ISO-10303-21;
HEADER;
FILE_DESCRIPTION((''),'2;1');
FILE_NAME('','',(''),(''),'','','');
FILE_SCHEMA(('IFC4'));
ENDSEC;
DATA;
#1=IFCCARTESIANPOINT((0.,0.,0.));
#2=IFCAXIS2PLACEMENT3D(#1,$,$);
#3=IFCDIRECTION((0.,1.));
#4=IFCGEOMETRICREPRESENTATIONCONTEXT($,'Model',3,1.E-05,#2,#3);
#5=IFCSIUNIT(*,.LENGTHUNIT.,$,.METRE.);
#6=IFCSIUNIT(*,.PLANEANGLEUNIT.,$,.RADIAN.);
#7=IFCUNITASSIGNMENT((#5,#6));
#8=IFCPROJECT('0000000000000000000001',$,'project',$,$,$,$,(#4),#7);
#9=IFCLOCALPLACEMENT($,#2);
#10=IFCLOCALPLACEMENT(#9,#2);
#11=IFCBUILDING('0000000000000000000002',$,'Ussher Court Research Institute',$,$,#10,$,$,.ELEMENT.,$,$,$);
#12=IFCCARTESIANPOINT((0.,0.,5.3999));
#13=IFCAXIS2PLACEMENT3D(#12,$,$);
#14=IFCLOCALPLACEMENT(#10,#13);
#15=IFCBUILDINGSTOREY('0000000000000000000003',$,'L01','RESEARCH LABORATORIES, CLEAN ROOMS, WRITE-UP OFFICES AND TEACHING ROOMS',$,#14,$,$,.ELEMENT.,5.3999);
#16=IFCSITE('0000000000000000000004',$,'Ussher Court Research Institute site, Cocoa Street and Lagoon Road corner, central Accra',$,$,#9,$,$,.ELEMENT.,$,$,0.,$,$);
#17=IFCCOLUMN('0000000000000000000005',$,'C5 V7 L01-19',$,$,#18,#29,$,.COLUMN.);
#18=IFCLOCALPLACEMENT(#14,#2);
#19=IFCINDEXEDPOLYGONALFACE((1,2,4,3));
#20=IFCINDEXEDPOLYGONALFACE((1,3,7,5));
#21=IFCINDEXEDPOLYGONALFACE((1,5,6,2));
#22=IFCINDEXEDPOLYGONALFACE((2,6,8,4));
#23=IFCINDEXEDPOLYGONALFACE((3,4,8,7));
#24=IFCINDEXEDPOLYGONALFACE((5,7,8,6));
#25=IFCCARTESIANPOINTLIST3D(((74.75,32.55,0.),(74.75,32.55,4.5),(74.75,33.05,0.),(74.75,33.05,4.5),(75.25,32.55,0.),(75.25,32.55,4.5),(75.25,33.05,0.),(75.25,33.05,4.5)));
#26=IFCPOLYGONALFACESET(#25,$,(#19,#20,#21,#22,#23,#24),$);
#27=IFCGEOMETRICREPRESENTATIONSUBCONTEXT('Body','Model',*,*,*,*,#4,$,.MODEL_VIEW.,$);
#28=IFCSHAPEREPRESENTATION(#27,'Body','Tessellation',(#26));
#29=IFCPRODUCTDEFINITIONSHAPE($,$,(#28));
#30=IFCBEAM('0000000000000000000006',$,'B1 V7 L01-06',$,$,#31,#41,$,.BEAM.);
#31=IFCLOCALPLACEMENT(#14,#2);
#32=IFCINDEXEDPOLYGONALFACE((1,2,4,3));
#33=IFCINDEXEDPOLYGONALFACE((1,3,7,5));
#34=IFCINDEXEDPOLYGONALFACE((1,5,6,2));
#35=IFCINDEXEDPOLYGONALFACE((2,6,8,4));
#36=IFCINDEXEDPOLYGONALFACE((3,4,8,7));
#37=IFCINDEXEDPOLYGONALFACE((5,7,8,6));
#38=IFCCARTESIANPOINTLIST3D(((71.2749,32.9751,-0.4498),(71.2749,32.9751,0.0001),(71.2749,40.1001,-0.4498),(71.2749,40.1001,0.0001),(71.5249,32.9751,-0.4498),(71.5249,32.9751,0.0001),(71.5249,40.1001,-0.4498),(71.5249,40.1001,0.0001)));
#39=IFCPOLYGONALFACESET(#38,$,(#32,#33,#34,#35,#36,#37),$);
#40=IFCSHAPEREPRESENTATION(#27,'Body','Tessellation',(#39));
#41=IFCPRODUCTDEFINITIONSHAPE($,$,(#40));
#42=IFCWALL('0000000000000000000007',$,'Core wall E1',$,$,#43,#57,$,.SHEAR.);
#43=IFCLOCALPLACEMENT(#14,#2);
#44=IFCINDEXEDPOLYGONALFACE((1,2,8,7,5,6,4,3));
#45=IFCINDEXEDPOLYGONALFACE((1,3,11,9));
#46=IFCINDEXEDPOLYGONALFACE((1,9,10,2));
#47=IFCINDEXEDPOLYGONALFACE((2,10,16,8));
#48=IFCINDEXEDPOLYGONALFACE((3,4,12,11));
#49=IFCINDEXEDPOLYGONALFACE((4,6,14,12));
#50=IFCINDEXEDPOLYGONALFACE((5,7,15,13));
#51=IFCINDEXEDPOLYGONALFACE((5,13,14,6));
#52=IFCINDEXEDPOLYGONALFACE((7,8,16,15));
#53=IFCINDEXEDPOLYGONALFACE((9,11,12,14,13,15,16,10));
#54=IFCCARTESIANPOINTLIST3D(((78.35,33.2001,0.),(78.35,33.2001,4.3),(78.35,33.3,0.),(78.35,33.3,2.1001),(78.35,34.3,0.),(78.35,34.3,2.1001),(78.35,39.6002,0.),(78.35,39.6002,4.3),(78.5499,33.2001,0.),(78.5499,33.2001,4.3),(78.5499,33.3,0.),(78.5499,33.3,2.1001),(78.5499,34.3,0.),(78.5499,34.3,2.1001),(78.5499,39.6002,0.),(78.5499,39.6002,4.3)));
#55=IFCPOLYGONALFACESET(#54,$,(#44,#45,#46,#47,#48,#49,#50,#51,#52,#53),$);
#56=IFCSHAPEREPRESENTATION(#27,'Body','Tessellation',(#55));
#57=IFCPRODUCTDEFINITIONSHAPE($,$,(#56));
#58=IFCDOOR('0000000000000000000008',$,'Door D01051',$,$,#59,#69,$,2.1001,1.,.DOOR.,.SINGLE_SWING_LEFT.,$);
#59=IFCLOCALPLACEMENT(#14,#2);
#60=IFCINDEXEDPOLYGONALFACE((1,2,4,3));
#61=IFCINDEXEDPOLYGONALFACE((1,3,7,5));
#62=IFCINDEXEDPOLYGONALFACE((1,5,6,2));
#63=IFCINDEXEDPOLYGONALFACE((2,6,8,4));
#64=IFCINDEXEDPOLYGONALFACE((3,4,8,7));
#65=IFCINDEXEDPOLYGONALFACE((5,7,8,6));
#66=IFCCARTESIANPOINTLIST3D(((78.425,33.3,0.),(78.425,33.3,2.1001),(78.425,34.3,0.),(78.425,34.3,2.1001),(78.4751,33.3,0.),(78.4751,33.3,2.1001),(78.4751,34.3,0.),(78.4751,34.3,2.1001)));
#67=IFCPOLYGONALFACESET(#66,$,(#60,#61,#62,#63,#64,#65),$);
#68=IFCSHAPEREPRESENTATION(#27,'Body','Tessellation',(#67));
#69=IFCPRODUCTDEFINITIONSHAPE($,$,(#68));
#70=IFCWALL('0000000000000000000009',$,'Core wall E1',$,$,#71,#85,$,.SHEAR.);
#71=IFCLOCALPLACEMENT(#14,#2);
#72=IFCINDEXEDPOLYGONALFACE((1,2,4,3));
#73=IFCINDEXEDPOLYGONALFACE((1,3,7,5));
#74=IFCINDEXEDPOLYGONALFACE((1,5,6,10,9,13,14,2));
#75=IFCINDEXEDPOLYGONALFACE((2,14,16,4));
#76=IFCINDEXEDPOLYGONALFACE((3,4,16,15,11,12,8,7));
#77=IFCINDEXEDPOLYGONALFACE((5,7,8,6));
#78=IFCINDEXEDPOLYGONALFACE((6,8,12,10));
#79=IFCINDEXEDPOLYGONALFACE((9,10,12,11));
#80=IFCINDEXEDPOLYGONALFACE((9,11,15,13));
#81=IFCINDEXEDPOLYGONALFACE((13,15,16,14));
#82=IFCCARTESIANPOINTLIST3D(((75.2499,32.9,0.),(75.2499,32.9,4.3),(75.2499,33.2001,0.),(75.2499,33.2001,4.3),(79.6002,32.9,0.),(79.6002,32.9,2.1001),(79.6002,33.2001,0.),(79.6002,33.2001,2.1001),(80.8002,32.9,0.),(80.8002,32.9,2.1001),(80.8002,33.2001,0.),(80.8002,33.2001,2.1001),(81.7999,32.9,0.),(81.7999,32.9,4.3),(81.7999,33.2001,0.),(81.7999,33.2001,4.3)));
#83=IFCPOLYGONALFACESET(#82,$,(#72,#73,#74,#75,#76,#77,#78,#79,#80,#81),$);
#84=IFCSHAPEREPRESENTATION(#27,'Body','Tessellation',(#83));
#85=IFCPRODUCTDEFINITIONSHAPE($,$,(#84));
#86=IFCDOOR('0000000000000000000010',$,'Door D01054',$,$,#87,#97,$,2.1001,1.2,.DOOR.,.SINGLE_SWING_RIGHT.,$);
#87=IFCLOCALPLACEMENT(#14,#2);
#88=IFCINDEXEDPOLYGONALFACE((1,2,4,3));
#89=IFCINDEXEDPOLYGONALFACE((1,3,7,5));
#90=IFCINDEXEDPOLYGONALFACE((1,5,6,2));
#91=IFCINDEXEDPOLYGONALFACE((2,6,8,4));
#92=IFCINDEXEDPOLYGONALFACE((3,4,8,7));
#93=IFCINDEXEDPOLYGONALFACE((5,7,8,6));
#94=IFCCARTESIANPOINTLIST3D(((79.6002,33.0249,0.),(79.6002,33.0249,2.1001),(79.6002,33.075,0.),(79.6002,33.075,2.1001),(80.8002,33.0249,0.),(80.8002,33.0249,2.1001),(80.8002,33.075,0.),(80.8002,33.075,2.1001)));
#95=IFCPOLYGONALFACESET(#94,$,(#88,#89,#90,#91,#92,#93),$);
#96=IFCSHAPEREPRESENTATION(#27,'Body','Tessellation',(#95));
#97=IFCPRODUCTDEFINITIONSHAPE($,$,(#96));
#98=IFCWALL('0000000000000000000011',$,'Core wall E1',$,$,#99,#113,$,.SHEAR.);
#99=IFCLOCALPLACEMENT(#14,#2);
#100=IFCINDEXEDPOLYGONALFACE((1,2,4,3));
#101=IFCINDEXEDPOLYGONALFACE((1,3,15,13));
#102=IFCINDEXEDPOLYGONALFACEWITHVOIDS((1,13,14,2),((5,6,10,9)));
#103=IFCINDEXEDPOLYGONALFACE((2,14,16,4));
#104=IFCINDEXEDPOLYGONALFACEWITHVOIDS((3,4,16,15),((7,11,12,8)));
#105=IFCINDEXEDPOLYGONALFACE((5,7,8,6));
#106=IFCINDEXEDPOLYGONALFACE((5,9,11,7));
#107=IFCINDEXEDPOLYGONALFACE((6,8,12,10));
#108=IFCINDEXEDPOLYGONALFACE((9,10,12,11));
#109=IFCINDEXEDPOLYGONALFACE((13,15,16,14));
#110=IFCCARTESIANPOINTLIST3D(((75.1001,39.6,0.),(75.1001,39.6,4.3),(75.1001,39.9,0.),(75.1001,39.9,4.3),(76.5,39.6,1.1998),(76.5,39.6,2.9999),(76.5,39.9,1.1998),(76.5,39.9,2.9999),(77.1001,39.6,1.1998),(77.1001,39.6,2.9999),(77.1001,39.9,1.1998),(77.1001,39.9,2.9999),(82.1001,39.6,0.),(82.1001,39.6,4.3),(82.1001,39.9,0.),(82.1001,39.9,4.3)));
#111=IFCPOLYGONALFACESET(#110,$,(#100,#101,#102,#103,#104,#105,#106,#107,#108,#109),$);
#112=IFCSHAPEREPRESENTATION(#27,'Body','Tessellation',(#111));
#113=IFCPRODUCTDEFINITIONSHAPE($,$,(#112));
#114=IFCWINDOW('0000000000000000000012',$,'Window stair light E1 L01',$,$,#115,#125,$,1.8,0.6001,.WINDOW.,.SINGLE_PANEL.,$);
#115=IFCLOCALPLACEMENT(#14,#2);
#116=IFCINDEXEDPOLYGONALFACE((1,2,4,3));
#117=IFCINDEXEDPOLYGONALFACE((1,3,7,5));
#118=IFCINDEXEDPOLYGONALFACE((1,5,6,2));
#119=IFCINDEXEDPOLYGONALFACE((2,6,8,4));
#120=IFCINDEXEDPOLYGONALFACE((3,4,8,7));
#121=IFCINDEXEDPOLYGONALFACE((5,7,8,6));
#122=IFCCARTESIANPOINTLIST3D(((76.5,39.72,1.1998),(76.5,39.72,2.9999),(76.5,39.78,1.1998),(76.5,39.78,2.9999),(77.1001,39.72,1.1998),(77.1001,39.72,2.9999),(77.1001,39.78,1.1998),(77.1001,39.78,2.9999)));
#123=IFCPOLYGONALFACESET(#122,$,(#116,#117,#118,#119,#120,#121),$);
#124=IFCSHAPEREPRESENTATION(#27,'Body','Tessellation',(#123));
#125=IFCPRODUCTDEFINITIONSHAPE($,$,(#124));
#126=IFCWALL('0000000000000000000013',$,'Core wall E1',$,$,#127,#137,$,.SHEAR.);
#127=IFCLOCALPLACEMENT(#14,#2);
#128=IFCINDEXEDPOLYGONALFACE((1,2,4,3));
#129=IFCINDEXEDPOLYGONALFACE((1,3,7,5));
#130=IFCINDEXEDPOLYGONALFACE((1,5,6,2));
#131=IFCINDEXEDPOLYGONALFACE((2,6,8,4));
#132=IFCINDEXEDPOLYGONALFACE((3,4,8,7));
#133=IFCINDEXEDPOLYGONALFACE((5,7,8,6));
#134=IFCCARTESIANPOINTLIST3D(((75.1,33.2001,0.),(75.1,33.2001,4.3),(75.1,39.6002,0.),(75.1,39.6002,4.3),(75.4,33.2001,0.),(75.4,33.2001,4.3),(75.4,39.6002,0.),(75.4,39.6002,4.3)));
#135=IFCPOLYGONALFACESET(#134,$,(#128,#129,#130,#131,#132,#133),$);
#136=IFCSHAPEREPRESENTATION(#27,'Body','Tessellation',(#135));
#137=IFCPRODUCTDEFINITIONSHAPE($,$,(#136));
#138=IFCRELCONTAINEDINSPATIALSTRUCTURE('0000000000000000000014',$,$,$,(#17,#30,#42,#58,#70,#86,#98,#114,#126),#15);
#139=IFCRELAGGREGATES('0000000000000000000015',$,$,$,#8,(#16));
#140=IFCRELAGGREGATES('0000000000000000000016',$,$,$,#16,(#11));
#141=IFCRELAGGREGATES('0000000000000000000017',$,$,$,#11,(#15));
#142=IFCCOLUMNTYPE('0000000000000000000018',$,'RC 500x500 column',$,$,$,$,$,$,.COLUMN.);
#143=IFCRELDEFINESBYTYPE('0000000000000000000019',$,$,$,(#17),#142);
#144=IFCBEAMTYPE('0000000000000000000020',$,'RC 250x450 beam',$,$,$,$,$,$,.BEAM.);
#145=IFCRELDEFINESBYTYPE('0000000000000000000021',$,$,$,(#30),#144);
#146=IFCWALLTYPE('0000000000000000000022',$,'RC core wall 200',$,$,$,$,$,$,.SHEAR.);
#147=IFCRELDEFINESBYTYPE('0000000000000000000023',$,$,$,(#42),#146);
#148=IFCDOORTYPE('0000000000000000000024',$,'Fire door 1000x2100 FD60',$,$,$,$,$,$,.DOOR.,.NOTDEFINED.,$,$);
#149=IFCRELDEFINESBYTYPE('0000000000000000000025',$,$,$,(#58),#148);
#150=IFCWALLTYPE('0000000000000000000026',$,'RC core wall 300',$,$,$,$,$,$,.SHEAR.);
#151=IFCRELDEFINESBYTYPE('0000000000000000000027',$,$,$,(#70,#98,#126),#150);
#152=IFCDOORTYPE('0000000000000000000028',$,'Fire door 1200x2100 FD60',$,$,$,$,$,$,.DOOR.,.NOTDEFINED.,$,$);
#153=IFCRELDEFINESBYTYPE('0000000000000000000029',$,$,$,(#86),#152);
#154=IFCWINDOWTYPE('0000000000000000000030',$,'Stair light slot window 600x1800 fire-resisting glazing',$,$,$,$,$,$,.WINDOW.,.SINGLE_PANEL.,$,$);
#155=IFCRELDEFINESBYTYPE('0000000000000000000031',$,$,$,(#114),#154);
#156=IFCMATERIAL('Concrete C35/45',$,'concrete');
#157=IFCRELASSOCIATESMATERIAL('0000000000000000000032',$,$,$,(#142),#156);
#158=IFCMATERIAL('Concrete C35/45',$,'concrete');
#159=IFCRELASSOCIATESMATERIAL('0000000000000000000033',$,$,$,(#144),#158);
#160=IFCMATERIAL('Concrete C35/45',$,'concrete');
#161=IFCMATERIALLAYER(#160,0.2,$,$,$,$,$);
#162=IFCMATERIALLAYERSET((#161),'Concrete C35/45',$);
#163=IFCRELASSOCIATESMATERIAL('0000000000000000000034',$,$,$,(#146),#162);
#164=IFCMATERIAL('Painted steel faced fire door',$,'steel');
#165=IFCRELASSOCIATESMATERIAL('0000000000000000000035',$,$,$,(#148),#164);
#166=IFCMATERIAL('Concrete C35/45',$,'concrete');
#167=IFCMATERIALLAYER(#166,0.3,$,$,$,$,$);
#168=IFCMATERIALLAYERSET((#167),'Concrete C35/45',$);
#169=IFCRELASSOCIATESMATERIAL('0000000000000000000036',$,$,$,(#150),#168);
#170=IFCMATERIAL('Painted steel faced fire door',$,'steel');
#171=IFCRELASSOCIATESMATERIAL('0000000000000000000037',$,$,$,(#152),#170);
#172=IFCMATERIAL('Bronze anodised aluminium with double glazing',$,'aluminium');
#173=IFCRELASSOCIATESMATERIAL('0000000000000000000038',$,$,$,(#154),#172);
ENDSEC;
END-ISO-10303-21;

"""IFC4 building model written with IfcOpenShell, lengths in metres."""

from ifc_helpers import new_model, si_unit, direction, frame, frame_2d, origin, origin_2d, place, context, subcontext, project, spatial, rectangle, extrude, material, layer, layer_set, material_profile, profile_set, type_object, element, fill, save


model = new_model("IFC4")

# Units and contexts
model_context = context("Model", 3, precision=1e-05, world=origin(), true_north=direction((0.0, 1.0)))
body_context = subcontext(model_context, "Body", "Model", "MODEL_VIEW")
ifc_project = project(units=[si_unit("LENGTHUNIT", "METRE"), si_unit("PLANEANGLEUNIT", "RADIAN")], contexts=[model_context])

# Site, building, storey
site_placement = place(None, origin())
site = spatial("IfcSite", under=ifc_project, at=site_placement, Name="Ussher Court Research Institute site, Cocoa Street and Lagoon Road corner, central Accra", CompositionType="ELEMENT", RefElevation=0.0)
building_placement = place(site_placement, origin())
building = spatial("IfcBuilding", under=site, at=building_placement, Name="Ussher Court Research Institute", CompositionType="ELEMENT")
storey_placement = place(building_placement, frame((0.0, 0.0, 5.3999)))
storey = spatial("IfcBuildingStorey", under=building, at=storey_placement, Name="L01", Description="RESEARCH LABORATORIES, CLEAN ROOMS, WRITE-UP OFFICES AND TEACHING ROOMS", CompositionType="ELEMENT", Elevation=5.3999)

# Column
ifc_material_1 = material(Name="Concrete C35/45", Category="concrete")
ifc_material_profile_1 = material_profile(ifc_material_1, rectangle(XDim=0.5, YDim=0.5, at=origin_2d()), Name="RC 500x500")
ifc_profile_set_1 = profile_set([ifc_material_profile_1], Name="Concrete C35/45")
column_type = type_object("IfcColumnType", Name="RC 500x500 column", PredefinedType="COLUMN", material=ifc_profile_set_1)
column_placement = place(storey_placement, frame((75.0, 32.8, 0.0), z_axis=(0.0, 0.0, 1.0), x_axis=(1.0, 0.0, 0.0)))
element("IfcColumn", 1, at=column_placement, inside=storey, type_object=column_type, Name="C5 V7 L01-19", PredefinedType="COLUMN", context=body_context, shape_type="SweptSolid", body=[
    extrude(rectangle(XDim=0.5, YDim=0.5, at=origin_2d()), origin(), (0.0, 0.0, 1.0), 4.5),
])

# Beam
ifc_material_2 = material(Name="Concrete C35/45", Category="concrete")
ifc_material_profile_2 = material_profile(ifc_material_2, rectangle(XDim=0.25, YDim=0.45, at=origin_2d()), Name="RC 250x450")
ifc_profile_set_2 = profile_set([ifc_material_profile_2], Name="Concrete C35/45")
beam_type = type_object("IfcBeamType", Name="RC 250x450 beam", PredefinedType="BEAM", material=ifc_profile_set_2)
beam_placement = place(storey_placement, frame((71.3999, 32.9751, -0.2249), z_axis=(0.0, 1.0, 0.0), x_axis=(-1.0, 0.0, 0.0)))
element("IfcBeam", 2, at=beam_placement, inside=storey, type_object=beam_type, Name="B1 V7 L01-06", PredefinedType="BEAM", context=body_context, shape_type="SweptSolid", body=[
    extrude(rectangle(XDim=0.25, YDim=0.45, at=origin_2d()), origin(), (0.0, 0.0, 1.0), 7.125),
])

# Walls, openings, doors
ifc_material_3 = material(Name="Concrete C35/45", Category="concrete")
ifc_layer_1 = layer(ifc_material_3, 0.2)
ifc_layer_set_1 = layer_set([ifc_layer_1], Name="Concrete C35/45")
wall_type_1 = type_object("IfcWallType", Name="RC core wall 200", PredefinedType="SHEAR", material=ifc_layer_set_1)
wall_1_placement = place(storey_placement, frame((78.45, 33.2, 0.0), z_axis=(0.0, 0.0, 1.0), x_axis=(0.0, 1.0, 0.0)))
wall_1 = element("IfcWall", 3, at=wall_1_placement, inside=storey, type_object=wall_type_1, Name="Core wall E1", PredefinedType="SHEAR", context=body_context, shape_type="SweptSolid", body=[
    extrude(rectangle(XDim=6.4001, YDim=0.2, at=frame_2d((3.2002, 0.0))), origin(), (0.0, 0.0, 1.0), 4.3),
])
opening_1_placement = place(wall_1_placement, frame((0.1001, 0.0, 0.0)))
opening_1 = element("IfcOpeningElement", 4, at=opening_1_placement, cuts=wall_1, PredefinedType="OPENING", context=body_context, shape_type="SweptSolid", body=[
    extrude(rectangle(XDim=1.0, YDim=2.1001, at=frame_2d((0.5, 1.05))), frame((0.0, 0.1099, 0.0), z_axis=(0.0, -1.0, 0.0), x_axis=(1.0, 0.0, 0.0)), (0.0, 0.0, 1.0), 0.22),
])
ifc_material_4 = material(Name="Painted steel faced fire door", Category="steel")
door_type_1 = type_object("IfcDoorType", Name="Fire door 1000x2100 FD60", OperationType="NOTDEFINED", PredefinedType="DOOR", material=ifc_material_4)
door_1_placement = place(opening_1_placement, origin())
door_1 = element("IfcDoor", 5, at=door_1_placement, inside=storey, type_object=door_type_1, Name="Door D01051", OperationType="SINGLE_SWING_LEFT", OverallHeight=2.1001, OverallWidth=1.0, PredefinedType="DOOR", context=body_context, shape_type="SweptSolid", body=[
    extrude(rectangle(XDim=1.0, YDim=2.1001, at=frame_2d((0.5, 1.05))), frame((0.0, 0.0249, 0.0), z_axis=(0.0, -1.0, 0.0), x_axis=(1.0, 0.0, 0.0)), (0.0, 0.0, 1.0), 0.05),
])
fill(opening_1, door_1)
ifc_material_5 = material(Name="Concrete C35/45", Category="concrete")
ifc_layer_2 = layer(ifc_material_5, 0.3)
ifc_layer_set_2 = layer_set([ifc_layer_2], Name="Concrete C35/45")
wall_type_2 = type_object("IfcWallType", Name="RC core wall 300", PredefinedType="SHEAR", material=ifc_layer_set_2)
wall_2_placement = place(storey_placement, frame((75.25, 33.05, 0.0), z_axis=(0.0, 0.0, 1.0), x_axis=(1.0, 0.0, 0.0)))
wall_2 = element("IfcWall", 6, at=wall_2_placement, inside=storey, type_object=wall_type_2, Name="Core wall E1", PredefinedType="SHEAR", context=body_context, shape_type="SweptSolid", body=[
    extrude(rectangle(XDim=6.55, YDim=0.3, at=frame_2d((3.2749, 0.0))), origin(), (0.0, 0.0, 1.0), 4.3),
])
opening_2_placement = place(wall_2_placement, frame((4.3501, 0.0, 0.0)))
opening_2 = element("IfcOpeningElement", 7, at=opening_2_placement, cuts=wall_2, PredefinedType="OPENING", context=body_context, shape_type="SweptSolid", body=[
    extrude(rectangle(XDim=1.2, YDim=2.1001, at=frame_2d((0.6001, 1.05))), frame((0.0, 0.1602, 0.0), z_axis=(0.0, -1.0, 0.0), x_axis=(1.0, 0.0, 0.0)), (0.0, 0.0, 1.0), 0.3201),
])
ifc_material_6 = material(Name="Painted steel faced fire door", Category="steel")
door_type_2 = type_object("IfcDoorType", Name="Fire door 1200x2100 FD60", OperationType="NOTDEFINED", PredefinedType="DOOR", material=ifc_material_6)
door_2_placement = place(opening_2_placement, origin())
door_2 = element("IfcDoor", 8, at=door_2_placement, inside=storey, type_object=door_type_2, Name="Door D01054", OperationType="SINGLE_SWING_RIGHT", OverallHeight=2.1001, OverallWidth=1.2, PredefinedType="DOOR", context=body_context, shape_type="SweptSolid", body=[
    extrude(rectangle(XDim=1.2, YDim=2.1001, at=frame_2d((0.6001, 1.05))), frame((0.0, 0.0249, 0.0), z_axis=(0.0, -1.0, 0.0), x_axis=(1.0, 0.0, 0.0)), (0.0, 0.0, 1.0), 0.05),
])
fill(opening_2, door_2)

# Wall, opening, window
wall_3_placement = place(storey_placement, frame((75.1001, 39.75, 0.0), z_axis=(0.0, 0.0, 1.0), x_axis=(1.0, 0.0, 0.0)))
wall_3 = element("IfcWall", 9, at=wall_3_placement, inside=storey, type_object=wall_type_2, Name="Core wall E1", PredefinedType="SHEAR", context=body_context, shape_type="SweptSolid", body=[
    extrude(rectangle(XDim=7.0, YDim=0.3, at=frame_2d((3.5, 0.0))), origin(), (0.0, 0.0, 1.0), 4.3),
])
opening_3_placement = place(wall_3_placement, frame((1.3999, 0.0, 1.2)))
opening_3 = element("IfcOpeningElement", 10, at=opening_3_placement, cuts=wall_3, PredefinedType="OPENING", context=body_context, shape_type="SweptSolid", body=[
    extrude(rectangle(XDim=0.6001, YDim=1.8, at=frame_2d((0.3, 0.8999))), frame((0.0, 0.1602, 0.0), z_axis=(0.0, -1.0, 0.0), x_axis=(1.0, 0.0, 0.0)), (0.0, 0.0, 1.0), 0.3201),
])
ifc_material_7 = material(Name="Bronze anodised aluminium with double glazing", Category="aluminium")
window_type = type_object("IfcWindowType", Name="Stair light slot window 600x1800 fire-resisting glazing", PartitioningType="SINGLE_PANEL", PredefinedType="WINDOW", material=ifc_material_7)
window_placement = place(opening_3_placement, origin())
window = element("IfcWindow", 11, at=window_placement, inside=storey, type_object=window_type, Name="Window stair light E1 L01", OverallHeight=1.8, OverallWidth=0.6001, PartitioningType="SINGLE_PANEL", PredefinedType="WINDOW", context=body_context, shape_type="SweptSolid", body=[
    extrude(rectangle(XDim=0.6001, YDim=1.8, at=frame_2d((0.3, 0.8999))), frame((0.0, 0.03, 0.0), z_axis=(0.0, -1.0, 0.0), x_axis=(1.0, 0.0, 0.0)), (0.0, 0.0, 1.0), 0.0601),
])
fill(opening_3, window)

# Wall
wall_4_placement = place(storey_placement, frame((75.25, 33.2, 0.0), z_axis=(0.0, 0.0, 1.0), x_axis=(0.0, 1.0, 0.0)))
element("IfcWall", 12, at=wall_4_placement, inside=storey, type_object=wall_type_2, Name="Core wall E1", PredefinedType="SHEAR", context=body_context, shape_type="SweptSolid", body=[
    extrude(rectangle(XDim=6.4001, YDim=0.3, at=frame_2d((3.2002, 0.0))), origin(), (0.0, 0.0, 1.0), 4.3),
])

save(model, "model.ifc")
